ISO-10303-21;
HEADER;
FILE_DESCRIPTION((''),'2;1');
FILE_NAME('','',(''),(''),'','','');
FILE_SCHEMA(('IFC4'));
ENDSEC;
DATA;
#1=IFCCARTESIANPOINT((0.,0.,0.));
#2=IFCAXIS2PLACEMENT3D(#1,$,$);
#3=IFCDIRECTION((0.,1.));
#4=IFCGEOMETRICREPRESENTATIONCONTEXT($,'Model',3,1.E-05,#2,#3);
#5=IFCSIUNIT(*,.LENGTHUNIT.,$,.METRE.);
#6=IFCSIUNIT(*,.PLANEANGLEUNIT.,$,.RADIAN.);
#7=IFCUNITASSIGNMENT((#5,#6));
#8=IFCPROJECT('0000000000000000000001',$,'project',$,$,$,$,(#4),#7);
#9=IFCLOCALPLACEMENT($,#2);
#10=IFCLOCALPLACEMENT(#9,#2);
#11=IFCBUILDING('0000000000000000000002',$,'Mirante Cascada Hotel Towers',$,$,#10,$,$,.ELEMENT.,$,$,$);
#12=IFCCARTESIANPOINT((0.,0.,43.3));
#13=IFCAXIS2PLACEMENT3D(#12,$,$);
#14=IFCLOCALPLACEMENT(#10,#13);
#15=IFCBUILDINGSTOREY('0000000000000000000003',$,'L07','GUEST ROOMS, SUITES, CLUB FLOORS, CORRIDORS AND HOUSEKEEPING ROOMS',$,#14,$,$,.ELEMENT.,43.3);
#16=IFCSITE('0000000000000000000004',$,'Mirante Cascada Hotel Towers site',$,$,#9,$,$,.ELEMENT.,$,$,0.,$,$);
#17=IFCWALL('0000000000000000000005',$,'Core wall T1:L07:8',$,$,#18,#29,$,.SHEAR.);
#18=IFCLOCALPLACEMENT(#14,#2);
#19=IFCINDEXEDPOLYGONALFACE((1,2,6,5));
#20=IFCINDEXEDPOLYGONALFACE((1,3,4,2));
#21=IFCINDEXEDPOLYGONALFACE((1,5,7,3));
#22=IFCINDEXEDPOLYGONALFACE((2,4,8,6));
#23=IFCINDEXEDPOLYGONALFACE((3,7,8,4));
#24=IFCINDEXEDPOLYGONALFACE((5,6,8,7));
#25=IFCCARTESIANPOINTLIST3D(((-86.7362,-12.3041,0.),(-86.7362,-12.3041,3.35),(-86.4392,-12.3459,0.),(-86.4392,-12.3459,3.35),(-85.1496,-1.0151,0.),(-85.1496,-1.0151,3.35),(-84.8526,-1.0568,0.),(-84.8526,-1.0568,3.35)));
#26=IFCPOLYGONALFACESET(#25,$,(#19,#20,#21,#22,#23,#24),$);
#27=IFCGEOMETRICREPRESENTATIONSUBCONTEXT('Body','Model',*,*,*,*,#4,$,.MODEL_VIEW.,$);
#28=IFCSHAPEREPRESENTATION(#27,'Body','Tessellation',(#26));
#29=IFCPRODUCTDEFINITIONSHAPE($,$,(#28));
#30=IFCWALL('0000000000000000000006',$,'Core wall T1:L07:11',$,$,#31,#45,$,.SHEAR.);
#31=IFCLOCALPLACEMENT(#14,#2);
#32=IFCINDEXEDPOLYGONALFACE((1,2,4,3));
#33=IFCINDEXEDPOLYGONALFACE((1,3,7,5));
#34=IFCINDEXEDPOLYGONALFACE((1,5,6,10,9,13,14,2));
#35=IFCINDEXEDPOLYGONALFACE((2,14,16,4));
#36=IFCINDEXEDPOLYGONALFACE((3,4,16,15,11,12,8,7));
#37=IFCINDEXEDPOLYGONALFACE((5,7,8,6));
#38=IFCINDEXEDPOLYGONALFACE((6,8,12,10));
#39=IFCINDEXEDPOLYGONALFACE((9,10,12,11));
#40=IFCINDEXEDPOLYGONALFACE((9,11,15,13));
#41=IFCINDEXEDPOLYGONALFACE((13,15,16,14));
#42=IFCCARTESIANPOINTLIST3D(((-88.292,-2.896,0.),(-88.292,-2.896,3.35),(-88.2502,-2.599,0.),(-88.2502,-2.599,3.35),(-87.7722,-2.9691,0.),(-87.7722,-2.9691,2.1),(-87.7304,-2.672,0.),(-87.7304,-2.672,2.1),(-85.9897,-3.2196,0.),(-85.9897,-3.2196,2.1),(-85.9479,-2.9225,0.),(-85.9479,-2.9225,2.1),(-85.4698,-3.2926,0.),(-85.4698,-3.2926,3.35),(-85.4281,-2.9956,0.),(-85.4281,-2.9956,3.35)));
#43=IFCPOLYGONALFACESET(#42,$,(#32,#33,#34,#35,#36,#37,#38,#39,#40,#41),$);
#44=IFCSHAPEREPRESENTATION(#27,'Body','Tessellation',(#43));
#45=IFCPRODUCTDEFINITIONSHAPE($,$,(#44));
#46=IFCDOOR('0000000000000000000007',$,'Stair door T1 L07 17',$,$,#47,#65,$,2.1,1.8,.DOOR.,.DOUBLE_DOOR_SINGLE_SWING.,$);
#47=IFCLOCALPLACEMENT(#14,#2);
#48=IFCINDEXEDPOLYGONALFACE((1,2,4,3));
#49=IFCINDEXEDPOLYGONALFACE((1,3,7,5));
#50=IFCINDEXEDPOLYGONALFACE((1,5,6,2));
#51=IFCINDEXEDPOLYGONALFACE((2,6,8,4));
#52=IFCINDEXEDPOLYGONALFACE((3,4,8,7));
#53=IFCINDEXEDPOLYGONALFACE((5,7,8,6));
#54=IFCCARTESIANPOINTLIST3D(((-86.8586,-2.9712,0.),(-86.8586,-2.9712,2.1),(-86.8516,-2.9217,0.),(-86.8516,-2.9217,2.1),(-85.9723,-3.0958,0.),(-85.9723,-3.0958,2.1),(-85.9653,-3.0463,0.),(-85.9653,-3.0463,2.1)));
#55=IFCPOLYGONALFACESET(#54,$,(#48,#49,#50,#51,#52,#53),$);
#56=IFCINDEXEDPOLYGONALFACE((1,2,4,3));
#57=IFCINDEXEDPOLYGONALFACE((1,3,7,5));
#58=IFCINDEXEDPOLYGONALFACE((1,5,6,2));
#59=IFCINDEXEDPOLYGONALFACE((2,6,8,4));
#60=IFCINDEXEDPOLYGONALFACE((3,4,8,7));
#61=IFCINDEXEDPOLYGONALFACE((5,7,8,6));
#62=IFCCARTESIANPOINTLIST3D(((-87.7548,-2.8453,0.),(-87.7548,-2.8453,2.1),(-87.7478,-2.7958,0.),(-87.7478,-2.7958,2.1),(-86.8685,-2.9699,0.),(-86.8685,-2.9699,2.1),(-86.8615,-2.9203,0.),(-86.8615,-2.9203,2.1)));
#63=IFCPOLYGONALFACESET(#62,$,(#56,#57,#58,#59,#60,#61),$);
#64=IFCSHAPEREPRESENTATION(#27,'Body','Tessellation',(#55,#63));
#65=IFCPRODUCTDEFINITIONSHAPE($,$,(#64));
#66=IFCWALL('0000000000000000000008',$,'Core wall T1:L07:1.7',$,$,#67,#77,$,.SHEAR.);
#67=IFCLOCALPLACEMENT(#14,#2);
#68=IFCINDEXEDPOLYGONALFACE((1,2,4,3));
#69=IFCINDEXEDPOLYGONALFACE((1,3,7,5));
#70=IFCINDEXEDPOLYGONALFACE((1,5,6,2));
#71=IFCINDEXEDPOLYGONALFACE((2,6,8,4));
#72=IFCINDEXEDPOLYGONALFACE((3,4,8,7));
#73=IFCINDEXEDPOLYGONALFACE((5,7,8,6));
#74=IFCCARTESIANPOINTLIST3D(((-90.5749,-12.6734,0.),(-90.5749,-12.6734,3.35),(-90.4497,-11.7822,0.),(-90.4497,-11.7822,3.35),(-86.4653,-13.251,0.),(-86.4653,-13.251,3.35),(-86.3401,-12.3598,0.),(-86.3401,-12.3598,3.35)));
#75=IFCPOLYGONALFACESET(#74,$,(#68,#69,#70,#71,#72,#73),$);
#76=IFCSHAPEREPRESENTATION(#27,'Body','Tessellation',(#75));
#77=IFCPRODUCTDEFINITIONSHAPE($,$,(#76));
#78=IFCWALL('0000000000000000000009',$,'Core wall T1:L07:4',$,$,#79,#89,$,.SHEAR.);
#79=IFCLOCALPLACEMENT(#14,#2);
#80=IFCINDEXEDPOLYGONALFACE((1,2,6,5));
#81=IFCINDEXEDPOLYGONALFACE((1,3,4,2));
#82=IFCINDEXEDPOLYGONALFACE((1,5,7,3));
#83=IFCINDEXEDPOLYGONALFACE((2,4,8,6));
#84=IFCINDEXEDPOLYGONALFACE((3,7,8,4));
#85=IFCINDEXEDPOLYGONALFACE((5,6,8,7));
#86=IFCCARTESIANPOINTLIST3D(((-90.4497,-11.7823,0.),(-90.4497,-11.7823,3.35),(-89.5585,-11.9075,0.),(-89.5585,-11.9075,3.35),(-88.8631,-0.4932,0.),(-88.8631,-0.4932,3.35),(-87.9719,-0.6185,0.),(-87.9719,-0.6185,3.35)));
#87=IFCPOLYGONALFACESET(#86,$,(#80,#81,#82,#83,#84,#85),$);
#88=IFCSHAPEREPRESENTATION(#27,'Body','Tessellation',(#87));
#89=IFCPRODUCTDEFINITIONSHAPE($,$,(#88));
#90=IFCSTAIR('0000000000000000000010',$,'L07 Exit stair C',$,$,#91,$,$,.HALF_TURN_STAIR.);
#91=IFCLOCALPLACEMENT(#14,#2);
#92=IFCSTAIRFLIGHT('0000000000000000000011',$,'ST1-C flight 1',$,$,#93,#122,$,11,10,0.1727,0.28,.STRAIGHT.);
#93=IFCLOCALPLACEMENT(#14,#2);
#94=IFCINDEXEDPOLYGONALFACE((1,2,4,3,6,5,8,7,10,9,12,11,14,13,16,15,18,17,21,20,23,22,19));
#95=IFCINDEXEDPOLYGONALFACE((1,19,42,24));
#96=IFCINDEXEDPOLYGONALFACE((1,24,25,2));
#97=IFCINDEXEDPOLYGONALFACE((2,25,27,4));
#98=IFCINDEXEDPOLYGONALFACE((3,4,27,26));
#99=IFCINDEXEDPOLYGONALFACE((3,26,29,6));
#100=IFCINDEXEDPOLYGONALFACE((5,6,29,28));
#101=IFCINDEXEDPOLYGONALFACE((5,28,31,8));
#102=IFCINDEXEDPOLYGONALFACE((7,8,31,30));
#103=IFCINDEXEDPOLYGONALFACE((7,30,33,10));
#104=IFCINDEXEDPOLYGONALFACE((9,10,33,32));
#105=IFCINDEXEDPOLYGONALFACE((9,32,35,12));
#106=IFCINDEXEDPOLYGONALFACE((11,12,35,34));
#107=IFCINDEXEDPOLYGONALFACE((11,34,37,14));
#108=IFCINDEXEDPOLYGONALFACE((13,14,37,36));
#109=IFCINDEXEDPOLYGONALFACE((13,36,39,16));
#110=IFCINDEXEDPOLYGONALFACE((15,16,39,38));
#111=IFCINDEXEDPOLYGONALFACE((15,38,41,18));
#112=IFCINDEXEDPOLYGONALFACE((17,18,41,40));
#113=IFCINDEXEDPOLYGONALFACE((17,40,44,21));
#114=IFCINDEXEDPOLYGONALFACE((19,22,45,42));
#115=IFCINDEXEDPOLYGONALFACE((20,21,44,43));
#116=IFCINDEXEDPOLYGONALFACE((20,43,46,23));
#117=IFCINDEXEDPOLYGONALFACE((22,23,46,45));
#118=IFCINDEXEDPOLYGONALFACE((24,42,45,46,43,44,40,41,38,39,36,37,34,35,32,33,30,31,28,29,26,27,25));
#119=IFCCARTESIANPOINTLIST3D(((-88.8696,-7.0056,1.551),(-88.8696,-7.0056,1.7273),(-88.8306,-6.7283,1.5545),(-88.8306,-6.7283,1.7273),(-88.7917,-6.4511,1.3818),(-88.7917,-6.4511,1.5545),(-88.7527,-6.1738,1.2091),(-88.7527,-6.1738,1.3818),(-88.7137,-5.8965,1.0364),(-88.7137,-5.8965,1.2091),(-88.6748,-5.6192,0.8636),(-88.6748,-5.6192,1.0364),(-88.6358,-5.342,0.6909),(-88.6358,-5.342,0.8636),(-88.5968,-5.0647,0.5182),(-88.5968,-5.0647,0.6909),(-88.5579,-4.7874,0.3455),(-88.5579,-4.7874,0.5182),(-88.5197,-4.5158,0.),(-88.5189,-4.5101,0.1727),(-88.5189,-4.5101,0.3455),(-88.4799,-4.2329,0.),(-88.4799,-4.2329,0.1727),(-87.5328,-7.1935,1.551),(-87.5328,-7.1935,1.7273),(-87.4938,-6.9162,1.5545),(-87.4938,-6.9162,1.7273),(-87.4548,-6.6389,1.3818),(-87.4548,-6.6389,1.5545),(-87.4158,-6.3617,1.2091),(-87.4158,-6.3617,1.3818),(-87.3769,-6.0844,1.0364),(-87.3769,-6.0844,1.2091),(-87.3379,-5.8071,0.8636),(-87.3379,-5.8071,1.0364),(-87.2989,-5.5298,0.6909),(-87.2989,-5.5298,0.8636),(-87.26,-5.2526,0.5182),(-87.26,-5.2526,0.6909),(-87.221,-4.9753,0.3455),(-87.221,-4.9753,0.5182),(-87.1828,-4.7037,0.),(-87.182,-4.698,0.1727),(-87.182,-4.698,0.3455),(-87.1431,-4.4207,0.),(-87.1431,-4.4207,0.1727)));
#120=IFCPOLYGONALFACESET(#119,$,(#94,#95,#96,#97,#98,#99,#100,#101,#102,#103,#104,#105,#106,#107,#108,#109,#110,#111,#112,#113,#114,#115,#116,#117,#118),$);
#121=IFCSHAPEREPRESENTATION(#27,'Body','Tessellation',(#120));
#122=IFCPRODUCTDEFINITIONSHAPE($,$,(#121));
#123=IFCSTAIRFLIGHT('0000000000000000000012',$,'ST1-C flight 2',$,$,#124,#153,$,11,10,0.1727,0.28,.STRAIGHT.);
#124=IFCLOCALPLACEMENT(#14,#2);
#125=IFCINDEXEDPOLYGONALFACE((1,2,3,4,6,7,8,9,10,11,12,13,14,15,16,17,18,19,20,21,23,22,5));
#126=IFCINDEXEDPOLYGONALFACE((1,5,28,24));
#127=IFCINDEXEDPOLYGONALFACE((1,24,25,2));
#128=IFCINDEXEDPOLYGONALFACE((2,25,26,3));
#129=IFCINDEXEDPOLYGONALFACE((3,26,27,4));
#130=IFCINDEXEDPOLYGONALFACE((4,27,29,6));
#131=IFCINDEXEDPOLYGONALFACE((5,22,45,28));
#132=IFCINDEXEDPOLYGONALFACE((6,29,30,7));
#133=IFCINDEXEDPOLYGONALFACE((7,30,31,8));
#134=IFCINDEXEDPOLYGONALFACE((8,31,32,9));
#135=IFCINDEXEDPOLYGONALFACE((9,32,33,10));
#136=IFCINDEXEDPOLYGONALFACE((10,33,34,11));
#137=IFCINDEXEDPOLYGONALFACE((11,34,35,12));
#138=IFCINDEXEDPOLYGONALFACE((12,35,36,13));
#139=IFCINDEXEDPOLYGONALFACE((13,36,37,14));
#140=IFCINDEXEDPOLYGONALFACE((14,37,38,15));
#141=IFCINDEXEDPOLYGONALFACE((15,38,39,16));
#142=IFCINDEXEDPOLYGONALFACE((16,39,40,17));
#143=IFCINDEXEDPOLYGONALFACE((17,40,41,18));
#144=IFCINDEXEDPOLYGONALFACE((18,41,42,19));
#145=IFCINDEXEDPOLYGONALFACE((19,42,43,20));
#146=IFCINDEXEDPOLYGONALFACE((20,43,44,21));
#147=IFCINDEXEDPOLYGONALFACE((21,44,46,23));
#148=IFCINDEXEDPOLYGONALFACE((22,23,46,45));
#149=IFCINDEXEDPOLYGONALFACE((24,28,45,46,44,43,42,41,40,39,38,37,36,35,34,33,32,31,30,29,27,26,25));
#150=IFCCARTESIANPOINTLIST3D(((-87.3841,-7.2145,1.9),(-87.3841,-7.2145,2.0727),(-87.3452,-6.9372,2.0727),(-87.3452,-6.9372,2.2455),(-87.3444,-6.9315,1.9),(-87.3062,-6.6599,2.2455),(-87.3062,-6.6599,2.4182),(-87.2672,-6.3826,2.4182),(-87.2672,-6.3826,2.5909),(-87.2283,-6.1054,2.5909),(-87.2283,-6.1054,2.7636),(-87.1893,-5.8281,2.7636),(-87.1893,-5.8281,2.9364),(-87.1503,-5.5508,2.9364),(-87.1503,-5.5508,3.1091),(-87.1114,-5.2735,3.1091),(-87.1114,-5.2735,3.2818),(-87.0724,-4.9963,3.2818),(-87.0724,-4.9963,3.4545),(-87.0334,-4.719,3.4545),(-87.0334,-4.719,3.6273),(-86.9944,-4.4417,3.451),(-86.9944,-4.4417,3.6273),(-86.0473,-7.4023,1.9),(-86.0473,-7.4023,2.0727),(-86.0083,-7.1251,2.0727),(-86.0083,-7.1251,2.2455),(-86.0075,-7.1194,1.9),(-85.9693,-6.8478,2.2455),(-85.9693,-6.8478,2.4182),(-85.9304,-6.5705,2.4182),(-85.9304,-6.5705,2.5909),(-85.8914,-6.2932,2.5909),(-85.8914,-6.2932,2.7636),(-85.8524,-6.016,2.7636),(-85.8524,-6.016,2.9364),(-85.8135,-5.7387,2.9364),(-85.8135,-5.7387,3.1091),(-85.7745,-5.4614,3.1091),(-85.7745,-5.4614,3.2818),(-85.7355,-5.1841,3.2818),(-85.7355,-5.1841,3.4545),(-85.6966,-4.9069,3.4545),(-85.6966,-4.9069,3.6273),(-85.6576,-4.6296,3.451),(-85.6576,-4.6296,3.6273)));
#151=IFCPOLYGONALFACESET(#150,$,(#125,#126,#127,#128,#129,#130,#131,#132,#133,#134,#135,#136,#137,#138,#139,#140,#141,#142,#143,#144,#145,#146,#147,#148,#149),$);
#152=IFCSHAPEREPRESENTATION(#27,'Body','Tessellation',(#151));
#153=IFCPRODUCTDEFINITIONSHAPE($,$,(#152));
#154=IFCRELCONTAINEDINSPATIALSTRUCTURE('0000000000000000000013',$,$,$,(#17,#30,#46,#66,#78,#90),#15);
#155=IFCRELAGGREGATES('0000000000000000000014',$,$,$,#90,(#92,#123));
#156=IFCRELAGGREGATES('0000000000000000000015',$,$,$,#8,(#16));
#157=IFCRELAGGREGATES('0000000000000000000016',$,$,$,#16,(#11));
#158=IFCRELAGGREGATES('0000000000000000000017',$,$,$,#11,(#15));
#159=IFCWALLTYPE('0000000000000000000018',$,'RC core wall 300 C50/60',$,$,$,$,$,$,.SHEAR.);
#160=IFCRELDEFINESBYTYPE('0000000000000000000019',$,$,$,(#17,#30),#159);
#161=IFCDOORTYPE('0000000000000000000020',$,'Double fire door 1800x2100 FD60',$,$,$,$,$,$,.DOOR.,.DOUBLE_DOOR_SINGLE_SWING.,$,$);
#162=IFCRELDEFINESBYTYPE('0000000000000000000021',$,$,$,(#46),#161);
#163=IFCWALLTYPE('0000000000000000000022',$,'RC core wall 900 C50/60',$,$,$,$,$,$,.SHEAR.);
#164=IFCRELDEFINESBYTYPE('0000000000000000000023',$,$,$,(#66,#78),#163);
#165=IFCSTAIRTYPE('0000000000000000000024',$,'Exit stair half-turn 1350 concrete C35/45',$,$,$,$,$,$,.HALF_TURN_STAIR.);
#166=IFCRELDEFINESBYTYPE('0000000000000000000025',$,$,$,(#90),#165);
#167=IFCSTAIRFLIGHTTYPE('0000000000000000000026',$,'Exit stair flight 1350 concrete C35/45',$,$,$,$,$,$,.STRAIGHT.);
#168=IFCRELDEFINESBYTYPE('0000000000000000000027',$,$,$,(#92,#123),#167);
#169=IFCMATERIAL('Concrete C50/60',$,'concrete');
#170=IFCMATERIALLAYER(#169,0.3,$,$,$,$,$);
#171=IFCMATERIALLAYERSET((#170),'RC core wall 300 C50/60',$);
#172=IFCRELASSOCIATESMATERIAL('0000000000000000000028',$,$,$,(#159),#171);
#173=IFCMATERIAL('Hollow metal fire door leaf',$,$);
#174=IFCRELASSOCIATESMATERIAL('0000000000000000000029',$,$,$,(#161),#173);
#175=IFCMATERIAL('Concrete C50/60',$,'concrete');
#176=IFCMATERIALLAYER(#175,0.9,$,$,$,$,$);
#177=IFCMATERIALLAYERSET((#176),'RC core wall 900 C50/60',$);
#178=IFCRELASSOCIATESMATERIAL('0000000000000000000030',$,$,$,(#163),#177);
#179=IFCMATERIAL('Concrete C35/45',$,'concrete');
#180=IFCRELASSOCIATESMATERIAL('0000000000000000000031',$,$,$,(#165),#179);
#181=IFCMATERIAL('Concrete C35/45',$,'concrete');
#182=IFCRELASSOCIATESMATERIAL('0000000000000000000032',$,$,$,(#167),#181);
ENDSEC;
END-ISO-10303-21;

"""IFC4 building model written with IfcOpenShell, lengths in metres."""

from ifc_helpers import new_model, si_unit, direction, frame, frame_2d, origin, place, context, subcontext, project, spatial, polyline, rectangle, outline, extrude, material, layer, layer_set, type_object, element, fill, aggregate, save


model = new_model("IFC4")

# Units and contexts
model_context = context("Model", 3, precision=1e-05, world=origin(), true_north=direction((0.0, 1.0)))
body_context = subcontext(model_context, "Body", "Model", "MODEL_VIEW")
ifc_project = project(units=[si_unit("LENGTHUNIT", "METRE"), si_unit("PLANEANGLEUNIT", "RADIAN")], contexts=[model_context])

# Site, building, storey
site_placement = place(None, origin())
site = spatial("IfcSite", under=ifc_project, at=site_placement, Name="Mirante Cascada Hotel Towers site", CompositionType="ELEMENT", RefElevation=0.0)
building_placement = place(site_placement, origin())
building = spatial("IfcBuilding", under=site, at=building_placement, Name="Mirante Cascada Hotel Towers", CompositionType="ELEMENT")
storey_placement = place(building_placement, frame((0.0, 0.0, 43.3)))
storey = spatial("IfcBuildingStorey", under=building, at=storey_placement, Name="L07", Description="GUEST ROOMS, SUITES, CLUB FLOORS, CORRIDORS AND HOUSEKEEPING ROOMS", CompositionType="ELEMENT", Elevation=43.3)

# Wall
ifc_material_1 = material(Name="Concrete C50/60", Category="concrete")
ifc_layer_1 = layer(ifc_material_1, 0.3)
ifc_layer_set_1 = layer_set([ifc_layer_1], Name="RC core wall 300 C50/60")
wall_type_1 = type_object("IfcWallType", Name="RC core wall 300 C50/60", PredefinedType="SHEAR", material=ifc_layer_set_1)
wall_1_placement = place(storey_placement, frame((-86.5877, -12.325, 0.0), z_axis=(0.0, 0.0, 1.0), x_axis=(0.139175, 0.990268, 0.0)))
element("IfcWall", 1, at=wall_1_placement, inside=storey, type_object=wall_type_1, Name="Core wall T1:L07:8", PredefinedType="SHEAR", context=body_context, shape_type="SweptSolid", body=[
    extrude(rectangle(XDim=11.4, YDim=0.3, at=frame_2d((5.7, 0.0))), origin(), (0.0, 0.0, 1.0), 3.35),
])

# Wall, opening, door
wall_2_placement = place(storey_placement, frame((-85.4489, -3.1441, 0.0), z_axis=(0.0, 0.0, 1.0), x_axis=(-0.99027, 0.139161, 0.0)))
wall_2 = element("IfcWall", 2, at=wall_2_placement, inside=storey, type_object=wall_type_1, Name="Core wall T1:L07:11", PredefinedType="SHEAR", context=body_context, shape_type="SweptSolid", body=[
    extrude(rectangle(XDim=2.8499, YDim=0.3, at=frame_2d((1.425, 0.0))), origin(), (0.0, 0.0, 1.0), 3.35),
])
opening_1_placement = place(wall_2_placement, frame((0.525, 0.0, 0.0)))
opening_1 = element("IfcOpeningElement", 3, at=opening_1_placement, cuts=wall_2, PredefinedType="OPENING", context=body_context, shape_type="SweptSolid", body=[
    extrude(rectangle(XDim=1.8, YDim=2.1, at=frame_2d((0.9, 1.05))), frame((0.0, 0.15, 0.0), z_axis=(0.0, -1.0, 0.0), x_axis=(1.0, 0.0, 0.0)), (0.0, 0.0, 1.0), 0.3),
])
ifc_material_2 = material(Name="Hollow metal fire door leaf")
door_type_1 = type_object("IfcDoorType", Name="Double fire door 1800x2100 FD60", OperationType="DOUBLE_DOOR_SINGLE_SWING", PredefinedType="DOOR", material=ifc_material_2)
door_1_placement = place(opening_1_placement, origin())
door_1 = element("IfcDoor", 4, at=door_1_placement, inside=storey, type_object=door_type_1, Name="Stair door T1 L07 17", OperationType="DOUBLE_DOOR_SINGLE_SWING", OverallHeight=2.1, OverallWidth=1.8, PredefinedType="DOOR", context=body_context, shape_type="SweptSolid", body=[
    extrude(rectangle(XDim=0.895, YDim=2.1, at=frame_2d((0.4475, 1.05))), frame((0.0, 0.025, 0.0), z_axis=(0.0, -1.0, 0.0), x_axis=(1.0, 0.0, 0.0)), (0.0, 0.0, 1.0), 0.05),
    extrude(rectangle(XDim=0.895, YDim=2.1, at=frame_2d((1.3525, 1.05))), frame((0.0, 0.025, 0.0), z_axis=(0.0, -1.0, 0.0), x_axis=(1.0, 0.0, 0.0)), (0.0, 0.0, 1.0), 0.05),
])
fill(opening_1, door_1)

# Walls
ifc_material_3 = material(Name="Concrete C50/60", Category="concrete")
ifc_layer_2 = layer(ifc_material_3, 0.9)
ifc_layer_set_2 = layer_set([ifc_layer_2], Name="RC core wall 900 C50/60")
wall_type_2 = type_object("IfcWallType", Name="RC core wall 900 C50/60", PredefinedType="SHEAR", material=ifc_layer_set_2)
wall_3_placement = place(storey_placement, frame((-86.4027, -12.8054, 0.0), z_axis=(0.0, 0.0, 1.0), x_axis=(-0.990267, 0.139181, 0.0)))
element("IfcWall", 5, at=wall_3_placement, inside=storey, type_object=wall_type_2, Name="Core wall T1:L07:1.7", PredefinedType="SHEAR", context=body_context, shape_type="SweptSolid", body=[
    extrude(rectangle(XDim=4.15, YDim=0.9, at=frame_2d((2.075, 0.0))), origin(), (0.0, 0.0, 1.0), 3.35),
])
wall_4_placement = place(storey_placement, frame((-90.0041, -11.8449, 0.0), z_axis=(0.0, 0.0, 1.0), x_axis=(0.139175, 0.990268, 0.0)))
element("IfcWall", 6, at=wall_4_placement, inside=storey, type_object=wall_type_2, Name="Core wall T1:L07:4", PredefinedType="SHEAR", context=body_context, shape_type="SweptSolid", body=[
    extrude(rectangle(XDim=11.4, YDim=0.9, at=frame_2d((5.7, 0.0))), origin(), (0.0, 0.0, 1.0), 3.35),
])

# Stair, stair flights
ifc_material_4 = material(Name="Concrete C35/45", Category="concrete")
stair_type = type_object("IfcStairType", Name="Exit stair half-turn 1350 concrete C35/45", PredefinedType="HALF_TURN_STAIR", material=ifc_material_4)
stair_placement = place(storey_placement, origin())
stair = element("IfcStair", 7, at=stair_placement, inside=storey, type_object=stair_type, Name="L07 Exit stair C", PredefinedType="HALF_TURN_STAIR")
ifc_material_5 = material(Name="Concrete C35/45", Category="concrete")
stair_flight_type = type_object("IfcStairFlightType", Name="Exit stair flight 1350 concrete C35/45", PredefinedType="STRAIGHT", material=ifc_material_5)
stair_flight_1_placement = place(storey_placement, frame((-87.8115, -4.3268, 0.0), z_axis=(0.0, 0.0, 1.0), x_axis=(-0.139173, -0.990268, 0.0)))
stair_flight_1 = element("IfcStairFlight", 8, at=stair_flight_1_placement, type_object=stair_flight_type, Name="ST1-C flight 1", NumberOfRisers=11, NumberOfTreads=10, PredefinedType="STRAIGHT", RiserHeight=0.1727, TreadLength=0.28, context=body_context, shape_type="SweptSolid", body=[
    extrude(outline(polyline([(0.0, 0.0), (0.0, 0.1727), (0.28, 0.1727), (0.28, 0.3455), (0.56, 0.3455), (0.56, 0.5182), (0.84, 0.5182), (0.84, 0.6909), (1.12, 0.6909), (1.12, 0.8636), (1.4, 0.8636), (1.4, 1.0364), (1.68, 1.0364), (1.68, 1.2091), (1.96, 1.2091), (1.96, 1.3818), (2.24, 1.3818), (2.24, 1.5545), (2.52, 1.5545), (2.52, 1.7273), (2.8, 1.7273), (2.8, 1.9), (2.8, 1.551), (0.2857, 0.0), (0.0, 0.0)])), frame((0.0, 0.675, 0.0), z_axis=(0.0, -1.0, 0.0), x_axis=(1.0, 0.0, 0.0)), (0.0, 0.0, 1.0), 1.35),
])
stair_flight_2_placement = place(storey_placement, frame((-86.7157, -7.3084, 1.9), z_axis=(0.0, 0.0, 1.0), x_axis=(0.139173, 0.990268, 0.0)))
stair_flight_2 = element("IfcStairFlight", 9, at=stair_flight_2_placement, type_object=stair_flight_type, Name="ST1-C flight 2", NumberOfRisers=11, NumberOfTreads=10, PredefinedType="STRAIGHT", RiserHeight=0.1727, TreadLength=0.28, context=body_context, shape_type="SweptSolid", body=[
    extrude(outline(polyline([(0.0, 0.0), (0.0, 0.1727), (0.28, 0.1727), (0.28, 0.3455), (0.56, 0.3455), (0.56, 0.5182), (0.84, 0.5182), (0.84, 0.6909), (1.12, 0.6909), (1.12, 0.8636), (1.4, 0.8636), (1.4, 1.0364), (1.68, 1.0364), (1.68, 1.2091), (1.96, 1.2091), (1.96, 1.3818), (2.24, 1.3818), (2.24, 1.5545), (2.52, 1.5545), (2.52, 1.7273), (2.8, 1.7273), (2.8, 1.9), (2.8, 1.551), (0.2857, 0.0), (0.0, 0.0)])), frame((0.0, 0.675, 0.0), z_axis=(0.0, -1.0, 0.0), x_axis=(1.0, 0.0, 0.0)), (0.0, 0.0, 1.0), 1.35),
])
aggregate(stair, [stair_flight_1, stair_flight_2])

save(model, "model.ifc")
